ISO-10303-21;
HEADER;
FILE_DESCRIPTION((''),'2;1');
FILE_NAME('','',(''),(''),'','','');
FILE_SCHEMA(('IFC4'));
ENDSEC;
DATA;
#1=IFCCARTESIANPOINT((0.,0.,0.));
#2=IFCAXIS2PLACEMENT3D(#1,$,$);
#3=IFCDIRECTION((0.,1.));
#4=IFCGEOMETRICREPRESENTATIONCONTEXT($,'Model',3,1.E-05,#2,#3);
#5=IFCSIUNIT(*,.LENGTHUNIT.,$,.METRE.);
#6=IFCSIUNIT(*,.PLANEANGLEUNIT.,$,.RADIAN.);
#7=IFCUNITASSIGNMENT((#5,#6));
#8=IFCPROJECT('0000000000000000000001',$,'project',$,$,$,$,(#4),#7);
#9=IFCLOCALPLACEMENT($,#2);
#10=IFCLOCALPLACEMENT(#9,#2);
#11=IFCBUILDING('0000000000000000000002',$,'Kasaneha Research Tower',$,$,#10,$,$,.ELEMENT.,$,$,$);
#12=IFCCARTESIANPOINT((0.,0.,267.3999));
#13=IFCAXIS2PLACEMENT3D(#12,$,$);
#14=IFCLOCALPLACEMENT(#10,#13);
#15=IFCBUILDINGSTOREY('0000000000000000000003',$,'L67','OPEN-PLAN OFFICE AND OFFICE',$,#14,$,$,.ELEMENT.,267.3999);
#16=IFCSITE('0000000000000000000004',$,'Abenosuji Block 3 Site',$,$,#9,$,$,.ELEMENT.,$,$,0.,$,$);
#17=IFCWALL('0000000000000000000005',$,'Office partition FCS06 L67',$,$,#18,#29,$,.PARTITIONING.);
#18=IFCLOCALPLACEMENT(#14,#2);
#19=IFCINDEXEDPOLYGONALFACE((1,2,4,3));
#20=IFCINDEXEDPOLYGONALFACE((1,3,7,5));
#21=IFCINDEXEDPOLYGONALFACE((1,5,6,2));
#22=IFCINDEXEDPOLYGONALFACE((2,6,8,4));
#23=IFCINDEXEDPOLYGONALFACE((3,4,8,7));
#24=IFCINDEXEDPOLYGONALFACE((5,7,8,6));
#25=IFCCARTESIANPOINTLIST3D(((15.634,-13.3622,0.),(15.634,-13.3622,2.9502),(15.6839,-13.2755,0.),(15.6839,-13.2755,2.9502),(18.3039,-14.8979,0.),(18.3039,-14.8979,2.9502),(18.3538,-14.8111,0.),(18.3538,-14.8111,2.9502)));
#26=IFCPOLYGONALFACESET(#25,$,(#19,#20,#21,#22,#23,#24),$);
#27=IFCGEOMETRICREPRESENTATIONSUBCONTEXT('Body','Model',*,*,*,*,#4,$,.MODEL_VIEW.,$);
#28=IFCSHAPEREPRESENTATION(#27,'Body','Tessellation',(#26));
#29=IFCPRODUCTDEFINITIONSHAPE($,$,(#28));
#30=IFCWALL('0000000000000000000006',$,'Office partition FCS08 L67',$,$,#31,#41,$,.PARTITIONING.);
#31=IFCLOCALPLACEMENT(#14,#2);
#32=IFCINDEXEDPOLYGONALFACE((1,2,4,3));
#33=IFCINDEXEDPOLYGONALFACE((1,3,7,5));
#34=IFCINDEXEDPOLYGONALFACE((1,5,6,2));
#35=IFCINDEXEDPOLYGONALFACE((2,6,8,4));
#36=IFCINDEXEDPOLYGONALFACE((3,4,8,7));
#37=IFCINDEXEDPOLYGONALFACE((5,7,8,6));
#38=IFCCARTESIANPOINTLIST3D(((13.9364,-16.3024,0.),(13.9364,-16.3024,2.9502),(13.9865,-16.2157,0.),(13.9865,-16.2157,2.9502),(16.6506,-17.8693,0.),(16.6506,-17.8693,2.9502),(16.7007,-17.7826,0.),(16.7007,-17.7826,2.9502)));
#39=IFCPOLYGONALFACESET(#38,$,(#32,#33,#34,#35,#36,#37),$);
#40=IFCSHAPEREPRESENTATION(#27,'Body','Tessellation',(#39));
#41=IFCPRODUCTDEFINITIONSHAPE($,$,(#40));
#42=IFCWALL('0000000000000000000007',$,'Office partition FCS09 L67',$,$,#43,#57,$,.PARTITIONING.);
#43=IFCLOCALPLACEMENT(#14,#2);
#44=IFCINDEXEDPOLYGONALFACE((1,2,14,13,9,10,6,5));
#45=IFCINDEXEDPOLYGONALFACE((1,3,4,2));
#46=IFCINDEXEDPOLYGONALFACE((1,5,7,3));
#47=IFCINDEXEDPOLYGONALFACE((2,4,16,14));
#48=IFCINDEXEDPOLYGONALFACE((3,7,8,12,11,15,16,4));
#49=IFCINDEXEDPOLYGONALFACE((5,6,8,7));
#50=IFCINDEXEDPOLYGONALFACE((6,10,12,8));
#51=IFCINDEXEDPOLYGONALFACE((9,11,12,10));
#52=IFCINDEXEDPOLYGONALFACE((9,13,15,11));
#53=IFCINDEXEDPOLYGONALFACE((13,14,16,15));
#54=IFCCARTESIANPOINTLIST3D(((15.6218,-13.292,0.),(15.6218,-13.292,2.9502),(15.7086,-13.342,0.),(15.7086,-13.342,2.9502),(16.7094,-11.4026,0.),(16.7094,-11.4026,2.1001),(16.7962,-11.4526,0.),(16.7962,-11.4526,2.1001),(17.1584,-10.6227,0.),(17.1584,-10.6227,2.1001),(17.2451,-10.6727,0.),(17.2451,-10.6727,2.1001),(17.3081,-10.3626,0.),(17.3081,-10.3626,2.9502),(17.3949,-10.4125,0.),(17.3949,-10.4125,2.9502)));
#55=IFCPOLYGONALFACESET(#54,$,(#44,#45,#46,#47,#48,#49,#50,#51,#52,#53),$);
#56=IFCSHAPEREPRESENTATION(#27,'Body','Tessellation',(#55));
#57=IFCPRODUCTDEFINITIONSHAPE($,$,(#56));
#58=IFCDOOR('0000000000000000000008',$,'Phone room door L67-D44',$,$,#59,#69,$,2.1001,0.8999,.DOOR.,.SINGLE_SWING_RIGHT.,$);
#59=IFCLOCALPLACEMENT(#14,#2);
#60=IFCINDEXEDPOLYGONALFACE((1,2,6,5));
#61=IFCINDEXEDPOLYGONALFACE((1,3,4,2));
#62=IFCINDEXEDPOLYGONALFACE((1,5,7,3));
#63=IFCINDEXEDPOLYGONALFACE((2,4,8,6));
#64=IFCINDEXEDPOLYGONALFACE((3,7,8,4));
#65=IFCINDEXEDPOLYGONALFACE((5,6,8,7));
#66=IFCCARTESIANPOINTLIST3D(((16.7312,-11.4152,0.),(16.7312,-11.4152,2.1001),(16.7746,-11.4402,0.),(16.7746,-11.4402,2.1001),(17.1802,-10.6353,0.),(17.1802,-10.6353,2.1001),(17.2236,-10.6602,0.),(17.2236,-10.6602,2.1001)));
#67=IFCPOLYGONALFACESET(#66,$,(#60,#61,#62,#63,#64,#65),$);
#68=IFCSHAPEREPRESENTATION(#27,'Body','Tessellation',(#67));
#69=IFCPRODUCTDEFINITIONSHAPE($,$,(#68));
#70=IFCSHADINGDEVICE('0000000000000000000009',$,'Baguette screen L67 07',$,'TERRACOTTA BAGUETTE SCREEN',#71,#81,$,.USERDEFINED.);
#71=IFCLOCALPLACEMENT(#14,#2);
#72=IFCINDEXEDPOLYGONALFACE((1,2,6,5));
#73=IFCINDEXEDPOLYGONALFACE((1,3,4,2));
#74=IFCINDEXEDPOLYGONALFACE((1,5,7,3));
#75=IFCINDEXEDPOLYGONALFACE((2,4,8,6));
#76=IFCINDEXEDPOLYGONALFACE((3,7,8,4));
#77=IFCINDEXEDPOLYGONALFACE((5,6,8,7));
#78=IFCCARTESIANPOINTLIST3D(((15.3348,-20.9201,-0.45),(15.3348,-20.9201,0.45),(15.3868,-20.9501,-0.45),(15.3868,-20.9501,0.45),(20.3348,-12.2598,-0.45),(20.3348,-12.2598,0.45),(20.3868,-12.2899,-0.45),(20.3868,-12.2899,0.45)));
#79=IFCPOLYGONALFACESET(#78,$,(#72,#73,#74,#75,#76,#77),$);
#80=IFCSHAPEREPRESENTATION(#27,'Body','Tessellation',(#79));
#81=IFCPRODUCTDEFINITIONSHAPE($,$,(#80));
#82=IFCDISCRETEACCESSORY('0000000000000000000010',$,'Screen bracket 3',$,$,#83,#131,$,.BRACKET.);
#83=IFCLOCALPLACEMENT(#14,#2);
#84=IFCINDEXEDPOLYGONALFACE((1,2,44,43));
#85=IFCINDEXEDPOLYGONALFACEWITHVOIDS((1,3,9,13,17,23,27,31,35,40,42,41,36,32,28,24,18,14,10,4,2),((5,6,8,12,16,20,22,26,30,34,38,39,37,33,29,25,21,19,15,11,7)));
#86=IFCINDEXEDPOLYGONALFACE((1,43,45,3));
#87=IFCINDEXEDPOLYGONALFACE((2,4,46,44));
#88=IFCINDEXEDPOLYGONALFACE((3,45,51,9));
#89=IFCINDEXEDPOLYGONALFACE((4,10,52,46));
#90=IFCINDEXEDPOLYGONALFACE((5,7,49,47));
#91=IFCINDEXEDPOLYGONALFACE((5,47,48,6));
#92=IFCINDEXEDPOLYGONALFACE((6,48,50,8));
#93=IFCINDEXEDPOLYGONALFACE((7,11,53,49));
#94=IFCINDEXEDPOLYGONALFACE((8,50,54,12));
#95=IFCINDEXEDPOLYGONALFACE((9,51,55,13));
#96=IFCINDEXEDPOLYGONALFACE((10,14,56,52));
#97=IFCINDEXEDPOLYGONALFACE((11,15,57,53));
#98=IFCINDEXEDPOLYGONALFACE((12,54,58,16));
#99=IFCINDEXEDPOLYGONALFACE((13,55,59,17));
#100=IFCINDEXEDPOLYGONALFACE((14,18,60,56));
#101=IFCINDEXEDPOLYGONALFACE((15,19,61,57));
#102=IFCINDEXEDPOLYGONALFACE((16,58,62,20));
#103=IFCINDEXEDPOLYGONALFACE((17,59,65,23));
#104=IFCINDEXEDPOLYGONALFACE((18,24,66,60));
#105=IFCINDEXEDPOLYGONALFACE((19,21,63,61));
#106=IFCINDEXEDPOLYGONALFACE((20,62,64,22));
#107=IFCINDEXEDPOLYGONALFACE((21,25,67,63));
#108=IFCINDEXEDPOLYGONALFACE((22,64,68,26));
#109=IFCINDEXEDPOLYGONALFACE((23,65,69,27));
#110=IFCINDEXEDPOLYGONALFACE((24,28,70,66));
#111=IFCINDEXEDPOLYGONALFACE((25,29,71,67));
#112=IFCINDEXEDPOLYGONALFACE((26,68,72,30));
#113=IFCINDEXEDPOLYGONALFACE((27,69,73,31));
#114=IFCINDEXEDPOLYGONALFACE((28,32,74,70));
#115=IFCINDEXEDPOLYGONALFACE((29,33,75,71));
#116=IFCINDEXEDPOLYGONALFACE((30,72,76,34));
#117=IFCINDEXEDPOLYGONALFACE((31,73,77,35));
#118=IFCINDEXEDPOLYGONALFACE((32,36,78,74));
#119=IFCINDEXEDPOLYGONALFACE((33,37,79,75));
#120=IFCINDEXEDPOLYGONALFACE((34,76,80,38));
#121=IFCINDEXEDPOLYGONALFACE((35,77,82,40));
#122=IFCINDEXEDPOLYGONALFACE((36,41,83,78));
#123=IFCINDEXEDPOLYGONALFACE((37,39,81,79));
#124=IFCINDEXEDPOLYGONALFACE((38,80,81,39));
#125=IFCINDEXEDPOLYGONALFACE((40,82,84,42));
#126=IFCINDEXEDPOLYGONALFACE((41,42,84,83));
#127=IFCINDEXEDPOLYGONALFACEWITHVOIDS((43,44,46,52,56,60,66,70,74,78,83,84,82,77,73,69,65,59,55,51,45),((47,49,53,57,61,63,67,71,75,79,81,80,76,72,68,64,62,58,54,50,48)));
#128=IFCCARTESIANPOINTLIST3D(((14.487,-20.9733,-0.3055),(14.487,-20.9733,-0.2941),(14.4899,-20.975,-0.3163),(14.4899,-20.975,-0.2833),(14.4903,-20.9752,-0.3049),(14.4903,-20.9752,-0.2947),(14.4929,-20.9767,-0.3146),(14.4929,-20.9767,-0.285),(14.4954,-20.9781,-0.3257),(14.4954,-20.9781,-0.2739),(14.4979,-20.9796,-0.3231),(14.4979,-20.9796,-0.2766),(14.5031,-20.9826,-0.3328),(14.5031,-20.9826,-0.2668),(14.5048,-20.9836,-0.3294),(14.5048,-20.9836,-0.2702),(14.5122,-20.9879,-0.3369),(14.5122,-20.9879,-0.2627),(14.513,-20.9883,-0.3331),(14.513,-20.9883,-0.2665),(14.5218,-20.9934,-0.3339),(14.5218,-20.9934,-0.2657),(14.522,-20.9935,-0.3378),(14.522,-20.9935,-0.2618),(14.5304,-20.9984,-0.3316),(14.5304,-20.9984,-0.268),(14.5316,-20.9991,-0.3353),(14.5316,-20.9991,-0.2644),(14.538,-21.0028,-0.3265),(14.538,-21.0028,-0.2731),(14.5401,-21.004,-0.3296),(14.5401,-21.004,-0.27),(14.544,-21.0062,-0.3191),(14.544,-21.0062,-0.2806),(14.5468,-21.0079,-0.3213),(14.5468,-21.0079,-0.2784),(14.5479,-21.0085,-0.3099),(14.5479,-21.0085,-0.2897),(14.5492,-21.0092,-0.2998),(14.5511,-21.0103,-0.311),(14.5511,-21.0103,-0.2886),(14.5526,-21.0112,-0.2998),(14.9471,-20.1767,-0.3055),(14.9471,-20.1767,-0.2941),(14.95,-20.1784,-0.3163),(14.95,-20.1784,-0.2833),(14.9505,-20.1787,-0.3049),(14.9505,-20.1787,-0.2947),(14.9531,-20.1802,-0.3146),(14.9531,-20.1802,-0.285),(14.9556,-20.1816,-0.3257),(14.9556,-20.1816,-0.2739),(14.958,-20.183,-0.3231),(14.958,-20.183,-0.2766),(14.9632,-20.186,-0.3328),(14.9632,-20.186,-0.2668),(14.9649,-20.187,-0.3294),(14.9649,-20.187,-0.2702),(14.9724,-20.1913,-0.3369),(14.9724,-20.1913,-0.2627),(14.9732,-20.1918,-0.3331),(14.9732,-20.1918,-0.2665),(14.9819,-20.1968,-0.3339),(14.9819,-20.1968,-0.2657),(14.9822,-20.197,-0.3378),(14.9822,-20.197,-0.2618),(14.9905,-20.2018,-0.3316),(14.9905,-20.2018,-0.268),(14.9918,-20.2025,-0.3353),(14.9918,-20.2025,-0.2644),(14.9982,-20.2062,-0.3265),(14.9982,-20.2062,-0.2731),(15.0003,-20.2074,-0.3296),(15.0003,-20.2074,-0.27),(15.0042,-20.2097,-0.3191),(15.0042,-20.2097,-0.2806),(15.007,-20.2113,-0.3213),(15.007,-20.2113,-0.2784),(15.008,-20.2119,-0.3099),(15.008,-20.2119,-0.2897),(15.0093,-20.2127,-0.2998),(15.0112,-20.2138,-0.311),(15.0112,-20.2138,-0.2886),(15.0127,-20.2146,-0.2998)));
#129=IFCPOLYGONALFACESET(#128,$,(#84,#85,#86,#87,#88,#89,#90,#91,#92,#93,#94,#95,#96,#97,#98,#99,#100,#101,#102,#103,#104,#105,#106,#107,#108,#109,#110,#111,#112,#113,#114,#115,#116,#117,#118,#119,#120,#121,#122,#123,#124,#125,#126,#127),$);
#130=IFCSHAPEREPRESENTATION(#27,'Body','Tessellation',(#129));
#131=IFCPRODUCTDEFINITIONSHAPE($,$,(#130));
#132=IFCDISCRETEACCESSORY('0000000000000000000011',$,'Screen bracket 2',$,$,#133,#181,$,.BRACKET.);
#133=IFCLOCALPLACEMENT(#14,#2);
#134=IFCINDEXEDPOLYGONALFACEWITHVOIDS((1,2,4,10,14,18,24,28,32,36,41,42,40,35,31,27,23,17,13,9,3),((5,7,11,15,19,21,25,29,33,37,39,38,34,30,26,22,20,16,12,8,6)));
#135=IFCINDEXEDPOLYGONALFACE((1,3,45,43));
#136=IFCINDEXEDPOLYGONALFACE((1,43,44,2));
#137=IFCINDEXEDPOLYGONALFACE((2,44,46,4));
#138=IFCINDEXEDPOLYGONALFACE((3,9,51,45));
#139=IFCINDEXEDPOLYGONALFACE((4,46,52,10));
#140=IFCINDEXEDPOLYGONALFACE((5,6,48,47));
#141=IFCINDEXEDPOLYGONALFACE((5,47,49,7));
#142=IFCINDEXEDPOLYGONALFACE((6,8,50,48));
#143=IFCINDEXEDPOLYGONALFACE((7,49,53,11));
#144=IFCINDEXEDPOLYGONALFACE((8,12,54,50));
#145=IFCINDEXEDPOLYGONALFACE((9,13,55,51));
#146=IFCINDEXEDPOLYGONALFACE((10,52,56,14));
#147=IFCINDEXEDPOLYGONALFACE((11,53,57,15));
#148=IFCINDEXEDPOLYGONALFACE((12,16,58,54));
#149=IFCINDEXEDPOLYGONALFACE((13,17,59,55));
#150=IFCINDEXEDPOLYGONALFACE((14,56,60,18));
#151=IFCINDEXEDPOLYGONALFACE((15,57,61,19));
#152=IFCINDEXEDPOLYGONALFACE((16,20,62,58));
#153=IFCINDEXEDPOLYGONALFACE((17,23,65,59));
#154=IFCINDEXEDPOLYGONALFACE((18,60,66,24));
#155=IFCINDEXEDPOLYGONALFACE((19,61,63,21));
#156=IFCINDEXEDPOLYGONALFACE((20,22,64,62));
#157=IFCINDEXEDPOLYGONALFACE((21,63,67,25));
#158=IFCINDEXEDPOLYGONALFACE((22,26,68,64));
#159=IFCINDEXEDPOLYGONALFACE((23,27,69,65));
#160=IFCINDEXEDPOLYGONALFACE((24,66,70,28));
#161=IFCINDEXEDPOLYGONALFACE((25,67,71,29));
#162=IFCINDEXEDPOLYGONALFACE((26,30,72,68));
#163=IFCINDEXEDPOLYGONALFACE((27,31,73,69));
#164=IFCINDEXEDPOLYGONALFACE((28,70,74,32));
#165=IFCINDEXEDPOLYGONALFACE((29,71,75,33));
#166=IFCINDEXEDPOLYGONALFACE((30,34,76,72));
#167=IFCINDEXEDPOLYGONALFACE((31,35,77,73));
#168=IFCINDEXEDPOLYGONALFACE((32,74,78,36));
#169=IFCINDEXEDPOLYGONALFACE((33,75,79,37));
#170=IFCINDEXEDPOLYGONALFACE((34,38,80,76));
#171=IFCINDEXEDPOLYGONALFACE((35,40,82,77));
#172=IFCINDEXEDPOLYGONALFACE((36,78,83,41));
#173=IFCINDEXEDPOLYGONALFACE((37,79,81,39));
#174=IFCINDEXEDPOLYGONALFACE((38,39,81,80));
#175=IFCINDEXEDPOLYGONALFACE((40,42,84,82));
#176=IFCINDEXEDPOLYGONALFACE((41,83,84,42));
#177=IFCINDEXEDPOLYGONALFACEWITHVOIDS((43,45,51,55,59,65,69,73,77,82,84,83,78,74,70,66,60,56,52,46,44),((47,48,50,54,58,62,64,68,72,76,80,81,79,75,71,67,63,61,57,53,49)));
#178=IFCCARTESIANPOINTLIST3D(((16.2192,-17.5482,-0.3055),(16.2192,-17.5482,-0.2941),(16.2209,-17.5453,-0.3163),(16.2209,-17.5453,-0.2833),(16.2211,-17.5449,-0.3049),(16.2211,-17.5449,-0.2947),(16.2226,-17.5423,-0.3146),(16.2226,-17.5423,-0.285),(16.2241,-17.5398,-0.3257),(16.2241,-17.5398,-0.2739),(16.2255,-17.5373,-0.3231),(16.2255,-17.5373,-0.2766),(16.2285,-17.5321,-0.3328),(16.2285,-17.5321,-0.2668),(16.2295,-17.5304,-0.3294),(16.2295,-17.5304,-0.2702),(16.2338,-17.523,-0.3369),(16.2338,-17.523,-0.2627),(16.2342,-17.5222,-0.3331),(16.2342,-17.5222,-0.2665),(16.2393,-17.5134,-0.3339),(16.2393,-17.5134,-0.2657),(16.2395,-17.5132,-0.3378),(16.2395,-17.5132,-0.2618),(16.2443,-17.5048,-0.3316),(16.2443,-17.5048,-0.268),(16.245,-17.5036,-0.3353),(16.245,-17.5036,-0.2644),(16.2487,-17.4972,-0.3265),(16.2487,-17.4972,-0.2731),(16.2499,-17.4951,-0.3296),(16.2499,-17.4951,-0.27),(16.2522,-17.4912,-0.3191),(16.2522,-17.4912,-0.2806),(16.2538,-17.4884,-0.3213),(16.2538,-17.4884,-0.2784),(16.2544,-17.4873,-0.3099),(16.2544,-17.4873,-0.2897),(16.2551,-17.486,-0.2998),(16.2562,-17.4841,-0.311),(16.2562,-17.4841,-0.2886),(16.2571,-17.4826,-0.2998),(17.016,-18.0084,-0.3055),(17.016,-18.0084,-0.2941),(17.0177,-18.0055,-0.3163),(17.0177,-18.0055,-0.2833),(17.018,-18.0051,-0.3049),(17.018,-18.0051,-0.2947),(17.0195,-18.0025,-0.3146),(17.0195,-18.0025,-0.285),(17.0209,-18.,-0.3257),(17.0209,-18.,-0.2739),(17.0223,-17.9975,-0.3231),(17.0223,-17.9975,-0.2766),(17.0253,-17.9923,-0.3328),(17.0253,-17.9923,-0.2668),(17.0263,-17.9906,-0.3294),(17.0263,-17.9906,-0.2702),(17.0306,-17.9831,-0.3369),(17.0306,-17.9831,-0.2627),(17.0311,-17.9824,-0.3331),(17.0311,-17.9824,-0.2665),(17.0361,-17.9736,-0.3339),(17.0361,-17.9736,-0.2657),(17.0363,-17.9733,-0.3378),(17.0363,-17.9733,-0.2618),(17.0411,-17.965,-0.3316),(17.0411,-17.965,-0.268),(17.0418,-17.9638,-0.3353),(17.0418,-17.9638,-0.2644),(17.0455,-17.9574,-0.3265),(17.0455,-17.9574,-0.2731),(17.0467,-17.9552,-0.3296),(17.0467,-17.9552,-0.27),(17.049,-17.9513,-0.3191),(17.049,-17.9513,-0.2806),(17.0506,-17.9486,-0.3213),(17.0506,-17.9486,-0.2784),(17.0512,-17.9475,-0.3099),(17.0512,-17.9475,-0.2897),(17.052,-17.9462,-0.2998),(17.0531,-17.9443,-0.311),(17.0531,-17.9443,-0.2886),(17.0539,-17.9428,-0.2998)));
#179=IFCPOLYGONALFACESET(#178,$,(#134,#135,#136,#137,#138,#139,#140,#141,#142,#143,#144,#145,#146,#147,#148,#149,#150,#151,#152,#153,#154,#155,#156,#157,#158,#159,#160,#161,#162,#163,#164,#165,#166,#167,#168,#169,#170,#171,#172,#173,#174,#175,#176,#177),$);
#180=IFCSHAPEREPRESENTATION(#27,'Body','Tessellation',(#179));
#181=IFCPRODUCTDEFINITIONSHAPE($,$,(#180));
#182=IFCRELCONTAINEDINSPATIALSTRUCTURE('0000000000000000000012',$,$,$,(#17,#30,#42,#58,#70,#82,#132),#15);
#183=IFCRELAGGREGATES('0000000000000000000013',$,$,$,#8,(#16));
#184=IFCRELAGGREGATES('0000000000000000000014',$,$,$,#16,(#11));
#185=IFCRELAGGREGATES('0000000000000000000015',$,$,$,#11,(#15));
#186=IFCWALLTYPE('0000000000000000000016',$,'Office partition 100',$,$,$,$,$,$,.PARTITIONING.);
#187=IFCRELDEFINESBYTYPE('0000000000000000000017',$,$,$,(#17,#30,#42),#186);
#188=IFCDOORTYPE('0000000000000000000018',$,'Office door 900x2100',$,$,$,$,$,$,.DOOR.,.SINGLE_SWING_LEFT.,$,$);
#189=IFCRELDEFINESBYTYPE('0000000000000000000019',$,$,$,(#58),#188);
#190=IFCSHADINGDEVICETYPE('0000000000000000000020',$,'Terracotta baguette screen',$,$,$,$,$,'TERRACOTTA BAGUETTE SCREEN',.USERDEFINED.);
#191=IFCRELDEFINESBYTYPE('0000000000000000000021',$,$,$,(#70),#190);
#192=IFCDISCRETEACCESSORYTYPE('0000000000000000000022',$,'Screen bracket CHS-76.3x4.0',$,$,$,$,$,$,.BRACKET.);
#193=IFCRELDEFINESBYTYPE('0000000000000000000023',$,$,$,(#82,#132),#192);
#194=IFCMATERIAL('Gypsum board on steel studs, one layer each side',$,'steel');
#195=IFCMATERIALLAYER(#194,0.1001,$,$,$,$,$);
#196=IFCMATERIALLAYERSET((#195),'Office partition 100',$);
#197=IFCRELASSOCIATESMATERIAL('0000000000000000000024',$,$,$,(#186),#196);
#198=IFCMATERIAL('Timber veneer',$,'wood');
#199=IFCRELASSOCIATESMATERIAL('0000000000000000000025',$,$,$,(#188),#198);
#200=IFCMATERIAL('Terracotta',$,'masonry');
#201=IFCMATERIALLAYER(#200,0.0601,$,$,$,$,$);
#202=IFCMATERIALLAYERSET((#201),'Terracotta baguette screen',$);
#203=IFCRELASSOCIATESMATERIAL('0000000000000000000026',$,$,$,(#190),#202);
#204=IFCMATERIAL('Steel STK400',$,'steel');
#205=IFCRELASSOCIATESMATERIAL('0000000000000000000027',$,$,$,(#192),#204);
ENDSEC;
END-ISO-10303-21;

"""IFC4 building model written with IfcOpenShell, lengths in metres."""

from ifc_helpers import new_model, si_unit, direction, frame, frame_2d, origin, origin_2d, place, context, subcontext, project, spatial, rectangle, hollow_circle, extrude, material, layer, layer_set, material_profile, profile_set, type_object, element, fill, save


model = new_model("IFC4")

# Units and contexts
model_context = context("Model", 3, precision=1e-05, world=origin(), true_north=direction((0.0, 1.0)))
body_context = subcontext(model_context, "Body", "Model", "MODEL_VIEW")
ifc_project = project(units=[si_unit("LENGTHUNIT", "METRE"), si_unit("PLANEANGLEUNIT", "RADIAN")], contexts=[model_context])

# Site, building, storey
site_placement = place(None, origin())
site = spatial("IfcSite", under=ifc_project, at=site_placement, Name="Abenosuji Block 3 Site", CompositionType="ELEMENT", RefElevation=0.0)
building_placement = place(site_placement, origin())
building = spatial("IfcBuilding", under=site, at=building_placement, Name="Kasaneha Research Tower", CompositionType="ELEMENT")
storey_placement = place(building_placement, frame((0.0, 0.0, 267.3999)))
storey = spatial("IfcBuildingStorey", under=building, at=storey_placement, Name="L67", Description="OPEN-PLAN OFFICE AND OFFICE", CompositionType="ELEMENT", Elevation=267.3999)

# Walls
ifc_material_1 = material(Name="Gypsum board on steel studs, one layer each side", Category="steel")
ifc_layer_1 = layer(ifc_material_1, 0.1001)
ifc_layer_set_1 = layer_set([ifc_layer_1], Name="Office partition 100")
wall_type_1 = type_object("IfcWallType", Name="Office partition 100", PredefinedType="PARTITIONING", material=ifc_layer_set_1)
wall_1_placement = place(storey_placement, frame((15.6589, -13.3188, 0.0), z_axis=(0.0, 0.0, 1.0), x_axis=(0.866845, -0.498578, 0.0)))
element("IfcWall", 1, at=wall_1_placement, inside=storey, type_object=wall_type_1, Name="Office partition FCS06 L67", PredefinedType="PARTITIONING", context=body_context, shape_type="SweptSolid", body=[
    extrude(rectangle(XDim=3.0801, YDim=0.1001, at=frame_2d((1.54, 0.0))), origin(), (0.0, 0.0, 1.0), 2.9502),
])
wall_2_placement = place(storey_placement, frame((16.6755, -17.8259, 0.0), z_axis=(0.0, 0.0, 1.0), x_axis=(-0.866039, 0.499976, 0.0)))
element("IfcWall", 2, at=wall_2_placement, inside=storey, type_object=wall_type_1, Name="Office partition FCS08 L67", PredefinedType="PARTITIONING", context=body_context, shape_type="SweptSolid", body=[
    extrude(rectangle(XDim=3.134, YDim=0.1001, at=frame_2d((1.5669, 0.0))), origin(), (0.0, 0.0, 1.0), 2.9502),
])

# Wall, opening, door
wall_3_placement = place(storey_placement, frame((15.6653, -13.3169, 0.0), z_axis=(0.0, 0.0, 1.0), x_axis=(0.498882, 0.86667, 0.0)))
wall_3 = element("IfcWall", 3, at=wall_3_placement, inside=storey, type_object=wall_type_1, Name="Office partition FCS09 L67", PredefinedType="PARTITIONING", context=body_context, shape_type="SweptSolid", body=[
    extrude(rectangle(XDim=3.3801, YDim=0.1001, at=frame_2d((1.6899, 0.0))), origin(), (0.0, 0.0, 1.0), 2.9502),
])
opening_1_placement = place(wall_3_placement, frame((2.1799, 0.0, 0.0)))
opening_1 = element("IfcOpeningElement", 4, at=opening_1_placement, cuts=wall_3, PredefinedType="OPENING", context=body_context, shape_type="SweptSolid", body=[
    extrude(rectangle(XDim=0.8999, YDim=2.1001, at=frame_2d((0.45, 1.05))), frame((0.0, 0.0601, 0.0), z_axis=(0.0, -1.0, 0.0), x_axis=(1.0, 0.0, 0.0)), (0.0, 0.0, 1.0), 0.1201),
])
ifc_material_2 = material(Name="Timber veneer", Category="wood")
door_type_1 = type_object("IfcDoorType", Name="Office door 900x2100", OperationType="SINGLE_SWING_LEFT", PredefinedType="DOOR", material=ifc_material_2)
door_1_placement = place(opening_1_placement, origin())
door_1 = element("IfcDoor", 5, at=door_1_placement, inside=storey, type_object=door_type_1, Name="Phone room door L67-D44", OperationType="SINGLE_SWING_RIGHT", OverallHeight=2.1001, OverallWidth=0.8999, PredefinedType="DOOR", context=body_context, shape_type="SweptSolid", body=[
    extrude(rectangle(XDim=0.8999, YDim=2.1001, at=frame_2d((0.45, 1.05))), frame((0.0, 0.0249, 0.0), z_axis=(0.0, -1.0, 0.0), x_axis=(1.0, 0.0, 0.0)), (0.0, 0.0, 1.0), 0.05),
])
fill(opening_1, door_1)

# Shading device
ifc_material_3 = material(Name="Terracotta", Category="masonry")
ifc_layer_2 = layer(ifc_material_3, 0.0601)
ifc_layer_set_2 = layer_set([ifc_layer_2], Name="Terracotta baguette screen")
shading_device_type = type_object("IfcShadingDeviceType", Name="Terracotta baguette screen", ElementType="TERRACOTTA BAGUETTE SCREEN", PredefinedType="USERDEFINED", material=ifc_layer_set_2)
shading_device_placement = place(storey_placement, frame((17.8608, -16.605, -0.45), z_axis=(0.0, 0.0, 1.0), x_axis=(0.5, 0.866025, 0.0)))
element("IfcShadingDevice", 6, at=shading_device_placement, inside=storey, type_object=shading_device_type, Name="Baguette screen L67 07", ObjectType="TERRACOTTA BAGUETTE SCREEN", PredefinedType="USERDEFINED", context=body_context, shape_type="SweptSolid", body=[
    extrude(rectangle(XDim=10.0, YDim=0.0601, at=origin_2d()), origin(), (0.0, 0.0, 1.0), 0.8999),
])

# Discrete accessories
ifc_material_4 = material(Name="Steel STK400", Category="steel")
ifc_material_profile_1 = material_profile(ifc_material_4, hollow_circle(Radius=0.0381, WallThickness=0.0039, at=origin_2d()), Name="CHS-76.3x4.0")
ifc_profile_set_1 = profile_set([ifc_material_profile_1], Name="Steel STK400")
discrete_accessory_type = type_object("IfcDiscreteAccessoryType", Name="Screen bracket CHS-76.3x4.0", PredefinedType="BRACKET", material=ifc_profile_set_1)
discrete_accessory_1_placement = place(storey_placement, frame((14.9797, -20.1956, -0.2998), z_axis=(-0.50022, -0.865898, 0.0), x_axis=(0.865898, -0.50022, 0.0)))
element("IfcDiscreteAccessory", 7, at=discrete_accessory_1_placement, inside=storey, type_object=discrete_accessory_type, Name="Screen bracket 3", PredefinedType="BRACKET", context=body_context, shape_type="SweptSolid", body=[
    extrude(hollow_circle(Radius=0.0381, WallThickness=0.0039, at=origin_2d()), origin(), (0.0, 0.0, 1.0), 0.9199),
])
discrete_accessory_2_placement = place(storey_placement, frame((16.238, -17.5156, -0.2998), z_axis=(0.865965, -0.500105, 0.0), x_axis=(0.500105, 0.865965, 0.0)))
element("IfcDiscreteAccessory", 8, at=discrete_accessory_2_placement, inside=storey, type_object=discrete_accessory_type, Name="Screen bracket 2", PredefinedType="BRACKET", context=body_context, shape_type="SweptSolid", body=[
    extrude(hollow_circle(Radius=0.0381, WallThickness=0.0039, at=origin_2d()), origin(), (0.0, 0.0, 1.0), 0.9202),
])

save(model, "model.ifc")
